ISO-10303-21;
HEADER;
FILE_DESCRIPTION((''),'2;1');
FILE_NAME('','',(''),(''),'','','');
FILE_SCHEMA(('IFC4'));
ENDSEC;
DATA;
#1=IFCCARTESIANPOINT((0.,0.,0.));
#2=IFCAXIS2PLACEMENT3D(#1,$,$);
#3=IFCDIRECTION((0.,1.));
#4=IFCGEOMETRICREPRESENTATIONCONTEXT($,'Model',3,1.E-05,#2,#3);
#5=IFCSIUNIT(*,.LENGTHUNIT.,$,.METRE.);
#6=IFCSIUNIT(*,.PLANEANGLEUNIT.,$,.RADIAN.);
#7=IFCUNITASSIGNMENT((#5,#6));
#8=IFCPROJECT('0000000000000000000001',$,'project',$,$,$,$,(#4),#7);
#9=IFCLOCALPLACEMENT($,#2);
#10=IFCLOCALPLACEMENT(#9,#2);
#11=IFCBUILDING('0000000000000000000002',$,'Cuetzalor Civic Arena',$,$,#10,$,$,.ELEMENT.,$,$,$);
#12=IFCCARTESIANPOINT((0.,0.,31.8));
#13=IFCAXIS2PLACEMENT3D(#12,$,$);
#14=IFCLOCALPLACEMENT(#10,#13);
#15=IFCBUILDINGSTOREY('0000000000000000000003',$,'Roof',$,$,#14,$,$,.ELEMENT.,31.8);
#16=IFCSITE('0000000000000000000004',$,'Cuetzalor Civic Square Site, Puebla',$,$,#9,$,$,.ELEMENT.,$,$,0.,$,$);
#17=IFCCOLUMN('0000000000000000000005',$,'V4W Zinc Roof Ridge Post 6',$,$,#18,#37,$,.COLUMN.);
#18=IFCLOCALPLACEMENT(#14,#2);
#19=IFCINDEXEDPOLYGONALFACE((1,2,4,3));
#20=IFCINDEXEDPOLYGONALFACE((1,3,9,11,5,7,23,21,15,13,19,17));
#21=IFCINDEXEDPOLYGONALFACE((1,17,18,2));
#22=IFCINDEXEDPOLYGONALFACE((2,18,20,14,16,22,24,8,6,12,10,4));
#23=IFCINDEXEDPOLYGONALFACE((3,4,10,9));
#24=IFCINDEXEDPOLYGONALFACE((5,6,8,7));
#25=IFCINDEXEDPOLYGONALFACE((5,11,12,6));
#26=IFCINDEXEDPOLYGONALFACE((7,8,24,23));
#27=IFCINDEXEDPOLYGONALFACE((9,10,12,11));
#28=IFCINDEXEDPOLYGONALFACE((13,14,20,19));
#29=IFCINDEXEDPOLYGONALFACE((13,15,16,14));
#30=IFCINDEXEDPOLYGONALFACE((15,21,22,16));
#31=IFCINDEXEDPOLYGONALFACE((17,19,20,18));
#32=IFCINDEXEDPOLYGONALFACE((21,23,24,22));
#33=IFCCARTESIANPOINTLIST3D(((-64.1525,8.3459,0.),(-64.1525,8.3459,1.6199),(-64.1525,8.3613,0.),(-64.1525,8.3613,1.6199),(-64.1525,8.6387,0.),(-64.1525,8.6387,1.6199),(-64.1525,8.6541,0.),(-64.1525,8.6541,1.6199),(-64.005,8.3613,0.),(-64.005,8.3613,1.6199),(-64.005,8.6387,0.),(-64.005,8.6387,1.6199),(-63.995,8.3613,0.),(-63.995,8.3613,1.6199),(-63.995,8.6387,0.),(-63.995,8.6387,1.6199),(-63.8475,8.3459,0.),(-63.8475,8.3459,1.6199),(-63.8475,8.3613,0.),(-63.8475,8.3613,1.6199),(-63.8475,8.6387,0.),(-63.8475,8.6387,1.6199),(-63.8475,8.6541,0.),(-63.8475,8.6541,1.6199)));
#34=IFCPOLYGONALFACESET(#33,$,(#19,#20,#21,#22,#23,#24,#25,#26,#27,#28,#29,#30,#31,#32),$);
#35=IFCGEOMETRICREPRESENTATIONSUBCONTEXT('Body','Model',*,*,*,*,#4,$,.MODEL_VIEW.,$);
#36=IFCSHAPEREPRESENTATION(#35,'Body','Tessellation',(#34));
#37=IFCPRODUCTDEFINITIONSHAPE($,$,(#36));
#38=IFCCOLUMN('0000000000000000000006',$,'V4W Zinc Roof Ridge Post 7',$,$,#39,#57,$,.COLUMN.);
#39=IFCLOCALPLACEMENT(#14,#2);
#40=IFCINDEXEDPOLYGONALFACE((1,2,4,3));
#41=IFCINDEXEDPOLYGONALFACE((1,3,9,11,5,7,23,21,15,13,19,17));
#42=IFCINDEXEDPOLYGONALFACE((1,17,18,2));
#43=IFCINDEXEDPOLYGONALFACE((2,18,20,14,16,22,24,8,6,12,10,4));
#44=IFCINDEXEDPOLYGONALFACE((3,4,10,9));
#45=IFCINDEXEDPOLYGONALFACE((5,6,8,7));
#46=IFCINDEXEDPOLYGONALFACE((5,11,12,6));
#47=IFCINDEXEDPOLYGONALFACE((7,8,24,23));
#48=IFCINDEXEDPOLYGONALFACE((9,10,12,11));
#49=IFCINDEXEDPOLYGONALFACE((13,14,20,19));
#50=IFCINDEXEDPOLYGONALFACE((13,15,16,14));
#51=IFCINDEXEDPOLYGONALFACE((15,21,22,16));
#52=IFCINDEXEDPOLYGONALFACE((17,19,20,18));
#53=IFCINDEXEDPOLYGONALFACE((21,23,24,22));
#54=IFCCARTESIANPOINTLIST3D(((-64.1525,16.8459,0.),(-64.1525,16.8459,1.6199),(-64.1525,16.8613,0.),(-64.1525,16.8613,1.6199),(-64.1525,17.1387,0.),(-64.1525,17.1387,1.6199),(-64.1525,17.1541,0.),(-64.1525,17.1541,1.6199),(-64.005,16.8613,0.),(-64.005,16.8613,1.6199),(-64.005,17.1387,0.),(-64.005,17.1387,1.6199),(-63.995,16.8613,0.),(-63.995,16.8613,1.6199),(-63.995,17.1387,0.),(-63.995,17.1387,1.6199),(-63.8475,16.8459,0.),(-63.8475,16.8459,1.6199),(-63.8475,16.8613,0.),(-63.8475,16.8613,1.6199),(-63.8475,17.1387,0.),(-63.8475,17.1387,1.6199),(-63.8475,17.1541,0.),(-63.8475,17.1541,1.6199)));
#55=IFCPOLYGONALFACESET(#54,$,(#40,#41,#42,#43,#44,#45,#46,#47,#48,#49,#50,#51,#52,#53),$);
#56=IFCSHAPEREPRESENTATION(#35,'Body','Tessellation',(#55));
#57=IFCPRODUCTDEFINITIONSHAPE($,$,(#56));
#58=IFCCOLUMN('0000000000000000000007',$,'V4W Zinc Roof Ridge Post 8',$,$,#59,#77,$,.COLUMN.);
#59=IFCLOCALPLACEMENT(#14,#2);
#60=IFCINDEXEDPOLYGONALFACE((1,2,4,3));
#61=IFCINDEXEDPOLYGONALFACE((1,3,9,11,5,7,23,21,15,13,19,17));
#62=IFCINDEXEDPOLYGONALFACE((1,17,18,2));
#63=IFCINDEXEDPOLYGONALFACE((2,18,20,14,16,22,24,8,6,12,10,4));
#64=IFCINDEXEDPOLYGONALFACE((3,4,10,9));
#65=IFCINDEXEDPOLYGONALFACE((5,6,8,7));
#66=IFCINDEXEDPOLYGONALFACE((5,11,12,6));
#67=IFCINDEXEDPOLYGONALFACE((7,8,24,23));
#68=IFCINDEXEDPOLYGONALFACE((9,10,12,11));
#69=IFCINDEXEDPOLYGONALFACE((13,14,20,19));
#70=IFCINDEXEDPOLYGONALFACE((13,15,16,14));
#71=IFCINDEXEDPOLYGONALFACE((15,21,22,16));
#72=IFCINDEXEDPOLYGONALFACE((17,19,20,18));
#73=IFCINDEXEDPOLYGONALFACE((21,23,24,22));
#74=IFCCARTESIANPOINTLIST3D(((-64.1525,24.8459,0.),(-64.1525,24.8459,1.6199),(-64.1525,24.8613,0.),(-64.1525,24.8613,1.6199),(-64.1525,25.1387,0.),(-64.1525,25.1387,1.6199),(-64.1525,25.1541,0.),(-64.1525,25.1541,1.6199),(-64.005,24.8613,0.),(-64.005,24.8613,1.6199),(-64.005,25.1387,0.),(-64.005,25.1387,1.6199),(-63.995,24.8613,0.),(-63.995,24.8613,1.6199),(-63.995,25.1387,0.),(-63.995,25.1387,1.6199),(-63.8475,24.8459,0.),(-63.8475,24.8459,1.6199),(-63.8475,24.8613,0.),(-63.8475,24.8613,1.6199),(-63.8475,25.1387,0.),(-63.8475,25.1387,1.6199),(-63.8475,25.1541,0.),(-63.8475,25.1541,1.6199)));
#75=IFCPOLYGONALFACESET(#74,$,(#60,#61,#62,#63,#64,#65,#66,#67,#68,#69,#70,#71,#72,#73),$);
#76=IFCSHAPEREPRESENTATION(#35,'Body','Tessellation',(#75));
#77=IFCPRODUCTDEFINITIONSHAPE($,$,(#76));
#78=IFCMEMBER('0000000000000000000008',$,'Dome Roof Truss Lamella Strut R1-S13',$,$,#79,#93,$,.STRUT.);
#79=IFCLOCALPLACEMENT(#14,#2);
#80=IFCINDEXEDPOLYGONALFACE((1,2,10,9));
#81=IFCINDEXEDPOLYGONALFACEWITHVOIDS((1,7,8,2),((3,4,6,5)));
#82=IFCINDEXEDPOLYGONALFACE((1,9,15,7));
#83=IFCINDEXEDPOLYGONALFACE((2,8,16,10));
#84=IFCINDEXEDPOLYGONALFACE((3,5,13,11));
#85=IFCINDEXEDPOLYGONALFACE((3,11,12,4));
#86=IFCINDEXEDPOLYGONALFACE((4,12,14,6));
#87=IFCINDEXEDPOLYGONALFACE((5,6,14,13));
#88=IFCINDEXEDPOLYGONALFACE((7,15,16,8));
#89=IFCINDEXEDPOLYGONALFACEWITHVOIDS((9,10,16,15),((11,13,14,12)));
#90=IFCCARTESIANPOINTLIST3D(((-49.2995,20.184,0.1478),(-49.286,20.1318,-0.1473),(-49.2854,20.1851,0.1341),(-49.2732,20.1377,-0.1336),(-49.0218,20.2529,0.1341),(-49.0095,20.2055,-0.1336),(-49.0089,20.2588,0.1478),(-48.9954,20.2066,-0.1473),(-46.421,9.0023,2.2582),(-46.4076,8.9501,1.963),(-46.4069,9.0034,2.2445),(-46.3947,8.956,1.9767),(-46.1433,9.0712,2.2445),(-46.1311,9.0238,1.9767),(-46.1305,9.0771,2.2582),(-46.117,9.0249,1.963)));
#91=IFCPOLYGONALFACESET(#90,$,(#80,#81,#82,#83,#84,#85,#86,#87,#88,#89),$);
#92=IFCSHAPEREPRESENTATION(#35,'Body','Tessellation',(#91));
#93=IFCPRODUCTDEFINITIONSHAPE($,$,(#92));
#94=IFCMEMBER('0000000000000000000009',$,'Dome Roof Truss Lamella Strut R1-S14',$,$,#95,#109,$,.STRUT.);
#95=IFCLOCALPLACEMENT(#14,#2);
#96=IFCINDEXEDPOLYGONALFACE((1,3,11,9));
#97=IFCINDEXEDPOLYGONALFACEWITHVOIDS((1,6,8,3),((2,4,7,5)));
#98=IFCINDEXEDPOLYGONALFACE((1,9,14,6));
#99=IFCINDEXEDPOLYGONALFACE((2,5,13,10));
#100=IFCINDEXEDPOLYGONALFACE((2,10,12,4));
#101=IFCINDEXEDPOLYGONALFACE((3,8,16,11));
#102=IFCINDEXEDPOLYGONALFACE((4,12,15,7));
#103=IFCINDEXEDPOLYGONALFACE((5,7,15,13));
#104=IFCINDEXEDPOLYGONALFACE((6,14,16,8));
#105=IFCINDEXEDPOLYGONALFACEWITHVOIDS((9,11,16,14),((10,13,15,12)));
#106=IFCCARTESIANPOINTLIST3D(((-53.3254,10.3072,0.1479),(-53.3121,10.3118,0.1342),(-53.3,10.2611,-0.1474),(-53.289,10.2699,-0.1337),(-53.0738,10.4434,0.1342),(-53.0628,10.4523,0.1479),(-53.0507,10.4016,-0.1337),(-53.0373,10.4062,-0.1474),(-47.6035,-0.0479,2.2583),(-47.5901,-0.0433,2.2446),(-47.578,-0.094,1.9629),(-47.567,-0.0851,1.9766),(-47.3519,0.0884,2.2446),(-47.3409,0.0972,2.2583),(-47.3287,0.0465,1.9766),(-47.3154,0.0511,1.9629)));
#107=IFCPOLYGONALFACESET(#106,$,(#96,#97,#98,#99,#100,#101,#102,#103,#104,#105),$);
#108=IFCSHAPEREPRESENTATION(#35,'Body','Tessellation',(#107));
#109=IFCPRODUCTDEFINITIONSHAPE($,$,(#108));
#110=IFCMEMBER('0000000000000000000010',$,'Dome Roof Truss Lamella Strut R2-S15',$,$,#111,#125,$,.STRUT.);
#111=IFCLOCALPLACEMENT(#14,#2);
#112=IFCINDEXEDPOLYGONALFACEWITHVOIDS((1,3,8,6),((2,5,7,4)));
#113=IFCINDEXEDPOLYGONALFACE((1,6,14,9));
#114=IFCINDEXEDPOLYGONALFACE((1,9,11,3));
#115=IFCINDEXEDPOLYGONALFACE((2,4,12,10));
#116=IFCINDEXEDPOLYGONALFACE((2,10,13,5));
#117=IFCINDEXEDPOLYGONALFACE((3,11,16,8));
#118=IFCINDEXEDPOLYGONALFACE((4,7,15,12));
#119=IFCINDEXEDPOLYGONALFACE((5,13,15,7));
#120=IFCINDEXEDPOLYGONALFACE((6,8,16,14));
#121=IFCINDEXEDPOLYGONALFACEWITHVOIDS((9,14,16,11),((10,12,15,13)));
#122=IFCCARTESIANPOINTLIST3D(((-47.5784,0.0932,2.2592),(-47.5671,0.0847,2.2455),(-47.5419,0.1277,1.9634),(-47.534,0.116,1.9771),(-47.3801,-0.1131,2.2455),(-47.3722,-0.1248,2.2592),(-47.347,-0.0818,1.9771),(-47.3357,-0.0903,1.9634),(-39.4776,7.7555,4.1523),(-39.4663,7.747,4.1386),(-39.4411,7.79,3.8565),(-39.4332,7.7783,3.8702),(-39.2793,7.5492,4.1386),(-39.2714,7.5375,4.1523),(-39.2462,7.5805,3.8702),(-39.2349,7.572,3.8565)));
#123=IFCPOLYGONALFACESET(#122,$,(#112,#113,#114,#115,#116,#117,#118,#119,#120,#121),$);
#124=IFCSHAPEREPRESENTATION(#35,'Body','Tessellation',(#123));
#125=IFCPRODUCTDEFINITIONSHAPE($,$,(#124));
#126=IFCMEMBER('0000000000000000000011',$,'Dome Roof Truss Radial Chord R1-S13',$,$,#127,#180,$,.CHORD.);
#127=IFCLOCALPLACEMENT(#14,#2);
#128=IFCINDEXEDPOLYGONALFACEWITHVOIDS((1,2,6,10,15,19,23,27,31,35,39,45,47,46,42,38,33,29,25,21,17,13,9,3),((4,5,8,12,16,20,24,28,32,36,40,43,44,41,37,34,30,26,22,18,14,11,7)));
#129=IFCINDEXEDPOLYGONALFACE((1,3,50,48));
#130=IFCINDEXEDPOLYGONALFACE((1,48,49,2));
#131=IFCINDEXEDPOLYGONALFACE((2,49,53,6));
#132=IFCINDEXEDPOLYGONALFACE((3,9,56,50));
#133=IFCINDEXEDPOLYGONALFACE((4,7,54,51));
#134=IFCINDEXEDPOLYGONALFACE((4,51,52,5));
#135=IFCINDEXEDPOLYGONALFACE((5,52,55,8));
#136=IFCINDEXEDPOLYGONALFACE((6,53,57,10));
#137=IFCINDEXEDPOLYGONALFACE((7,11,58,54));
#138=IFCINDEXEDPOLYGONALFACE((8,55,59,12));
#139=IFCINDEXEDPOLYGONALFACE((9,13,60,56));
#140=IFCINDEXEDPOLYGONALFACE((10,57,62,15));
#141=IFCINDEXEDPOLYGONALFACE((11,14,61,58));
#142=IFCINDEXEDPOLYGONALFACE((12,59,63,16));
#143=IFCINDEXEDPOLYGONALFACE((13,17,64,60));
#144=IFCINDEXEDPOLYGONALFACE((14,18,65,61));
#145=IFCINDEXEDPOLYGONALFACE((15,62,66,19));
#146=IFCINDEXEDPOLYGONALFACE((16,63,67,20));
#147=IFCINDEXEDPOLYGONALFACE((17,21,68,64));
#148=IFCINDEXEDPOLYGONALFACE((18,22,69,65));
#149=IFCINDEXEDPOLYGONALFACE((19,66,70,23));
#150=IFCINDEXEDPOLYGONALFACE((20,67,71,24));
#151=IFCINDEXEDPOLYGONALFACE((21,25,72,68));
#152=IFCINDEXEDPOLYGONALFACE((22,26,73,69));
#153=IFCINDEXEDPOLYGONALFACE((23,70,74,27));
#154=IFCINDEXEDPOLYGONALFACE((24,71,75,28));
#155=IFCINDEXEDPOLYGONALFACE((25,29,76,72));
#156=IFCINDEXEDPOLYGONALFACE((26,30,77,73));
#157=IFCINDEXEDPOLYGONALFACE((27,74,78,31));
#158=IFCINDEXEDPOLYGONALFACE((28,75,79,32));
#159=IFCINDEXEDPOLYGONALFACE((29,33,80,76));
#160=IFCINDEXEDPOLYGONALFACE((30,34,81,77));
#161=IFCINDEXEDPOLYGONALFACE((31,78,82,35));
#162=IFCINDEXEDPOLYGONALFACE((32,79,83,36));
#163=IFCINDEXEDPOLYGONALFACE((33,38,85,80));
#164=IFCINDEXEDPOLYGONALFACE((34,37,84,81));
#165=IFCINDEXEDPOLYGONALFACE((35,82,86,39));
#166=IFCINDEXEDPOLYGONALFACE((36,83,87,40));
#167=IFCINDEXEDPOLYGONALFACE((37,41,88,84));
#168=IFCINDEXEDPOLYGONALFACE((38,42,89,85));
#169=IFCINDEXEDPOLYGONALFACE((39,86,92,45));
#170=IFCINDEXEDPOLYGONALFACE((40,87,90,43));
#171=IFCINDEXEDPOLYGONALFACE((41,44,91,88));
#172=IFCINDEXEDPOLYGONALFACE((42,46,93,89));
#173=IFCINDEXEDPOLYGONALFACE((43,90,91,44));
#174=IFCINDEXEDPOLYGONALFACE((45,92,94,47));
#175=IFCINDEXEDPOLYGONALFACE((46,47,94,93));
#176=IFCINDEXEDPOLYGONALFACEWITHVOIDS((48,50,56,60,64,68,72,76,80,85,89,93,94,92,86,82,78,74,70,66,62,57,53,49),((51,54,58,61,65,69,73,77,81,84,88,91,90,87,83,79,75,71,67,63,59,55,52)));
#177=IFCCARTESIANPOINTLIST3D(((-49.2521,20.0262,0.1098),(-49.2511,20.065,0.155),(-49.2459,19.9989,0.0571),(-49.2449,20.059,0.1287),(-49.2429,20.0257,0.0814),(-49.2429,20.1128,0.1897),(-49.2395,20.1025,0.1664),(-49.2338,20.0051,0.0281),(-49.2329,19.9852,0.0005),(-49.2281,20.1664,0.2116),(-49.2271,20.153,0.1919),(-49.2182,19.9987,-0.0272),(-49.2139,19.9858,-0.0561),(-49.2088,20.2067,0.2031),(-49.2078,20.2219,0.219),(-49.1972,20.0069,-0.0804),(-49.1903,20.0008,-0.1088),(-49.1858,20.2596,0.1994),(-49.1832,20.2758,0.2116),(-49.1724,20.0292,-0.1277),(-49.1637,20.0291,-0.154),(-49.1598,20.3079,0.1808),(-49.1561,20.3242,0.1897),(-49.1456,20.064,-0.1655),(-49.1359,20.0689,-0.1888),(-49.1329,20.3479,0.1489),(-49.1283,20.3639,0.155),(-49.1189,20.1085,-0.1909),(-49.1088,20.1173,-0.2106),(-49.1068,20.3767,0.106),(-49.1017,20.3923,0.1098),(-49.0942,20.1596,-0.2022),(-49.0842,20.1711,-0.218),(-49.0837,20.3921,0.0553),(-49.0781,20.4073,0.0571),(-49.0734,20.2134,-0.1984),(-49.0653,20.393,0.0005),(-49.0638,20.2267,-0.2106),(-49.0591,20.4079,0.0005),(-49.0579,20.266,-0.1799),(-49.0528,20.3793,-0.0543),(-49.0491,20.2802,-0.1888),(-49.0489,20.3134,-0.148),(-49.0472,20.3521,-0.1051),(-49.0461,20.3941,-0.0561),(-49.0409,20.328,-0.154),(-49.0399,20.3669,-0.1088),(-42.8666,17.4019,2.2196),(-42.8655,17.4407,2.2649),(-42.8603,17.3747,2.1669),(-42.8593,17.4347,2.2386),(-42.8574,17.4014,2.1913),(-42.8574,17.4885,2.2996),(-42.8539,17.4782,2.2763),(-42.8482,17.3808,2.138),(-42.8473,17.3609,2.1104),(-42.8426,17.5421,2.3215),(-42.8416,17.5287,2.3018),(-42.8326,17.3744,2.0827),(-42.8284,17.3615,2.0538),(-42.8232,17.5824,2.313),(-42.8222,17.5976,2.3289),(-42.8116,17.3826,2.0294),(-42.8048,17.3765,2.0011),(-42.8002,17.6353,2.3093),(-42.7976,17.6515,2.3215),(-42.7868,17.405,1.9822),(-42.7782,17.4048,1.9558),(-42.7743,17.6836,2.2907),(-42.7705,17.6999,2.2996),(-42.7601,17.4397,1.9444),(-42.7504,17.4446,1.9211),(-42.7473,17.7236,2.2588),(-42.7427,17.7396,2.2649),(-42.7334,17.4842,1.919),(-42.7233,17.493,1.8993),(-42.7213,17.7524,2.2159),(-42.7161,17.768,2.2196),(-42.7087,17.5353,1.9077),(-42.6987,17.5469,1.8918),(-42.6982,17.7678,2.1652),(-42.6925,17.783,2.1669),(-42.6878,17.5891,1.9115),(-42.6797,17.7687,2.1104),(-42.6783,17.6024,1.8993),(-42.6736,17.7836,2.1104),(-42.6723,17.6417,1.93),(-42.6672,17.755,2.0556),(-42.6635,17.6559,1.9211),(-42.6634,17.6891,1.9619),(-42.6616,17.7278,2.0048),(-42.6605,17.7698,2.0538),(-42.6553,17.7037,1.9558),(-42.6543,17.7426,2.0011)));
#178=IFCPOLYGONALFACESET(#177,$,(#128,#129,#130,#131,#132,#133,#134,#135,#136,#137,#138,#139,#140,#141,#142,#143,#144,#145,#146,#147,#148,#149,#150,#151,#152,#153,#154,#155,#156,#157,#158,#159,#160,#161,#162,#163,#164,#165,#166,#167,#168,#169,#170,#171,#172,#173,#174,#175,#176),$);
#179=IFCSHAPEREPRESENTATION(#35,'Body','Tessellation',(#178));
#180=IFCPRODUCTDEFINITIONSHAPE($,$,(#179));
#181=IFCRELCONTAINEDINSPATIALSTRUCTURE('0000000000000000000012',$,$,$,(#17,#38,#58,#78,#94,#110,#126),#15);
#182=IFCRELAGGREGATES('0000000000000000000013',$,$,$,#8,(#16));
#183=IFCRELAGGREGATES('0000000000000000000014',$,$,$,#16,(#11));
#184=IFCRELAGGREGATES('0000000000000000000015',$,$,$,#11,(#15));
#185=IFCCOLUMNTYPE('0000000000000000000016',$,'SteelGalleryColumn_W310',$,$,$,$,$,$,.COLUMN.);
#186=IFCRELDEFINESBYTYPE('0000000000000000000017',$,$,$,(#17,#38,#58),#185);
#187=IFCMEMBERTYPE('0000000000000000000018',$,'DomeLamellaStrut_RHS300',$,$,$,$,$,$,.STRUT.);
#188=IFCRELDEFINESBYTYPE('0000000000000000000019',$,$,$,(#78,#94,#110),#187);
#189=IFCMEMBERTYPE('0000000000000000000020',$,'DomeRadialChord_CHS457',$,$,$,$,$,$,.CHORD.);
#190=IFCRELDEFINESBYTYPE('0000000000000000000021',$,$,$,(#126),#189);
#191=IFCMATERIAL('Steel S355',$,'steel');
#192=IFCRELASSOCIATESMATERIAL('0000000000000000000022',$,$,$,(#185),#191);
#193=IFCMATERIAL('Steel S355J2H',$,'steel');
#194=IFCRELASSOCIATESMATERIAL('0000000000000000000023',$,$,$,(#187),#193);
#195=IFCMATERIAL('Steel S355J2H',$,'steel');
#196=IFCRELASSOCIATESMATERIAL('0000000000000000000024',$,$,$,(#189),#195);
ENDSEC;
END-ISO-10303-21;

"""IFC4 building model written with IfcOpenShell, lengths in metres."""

from ifc_helpers import new_model, si_unit, direction, frame, origin, origin_2d, place, context, subcontext, project, spatial, hollow_rectangle, hollow_circle, i_section, extrude, material, material_profile, profile_set, type_object, element, save


model = new_model("IFC4")

# Units and contexts
model_context = context("Model", 3, precision=1e-05, world=origin(), true_north=direction((0.0, 1.0)))
body_context = subcontext(model_context, "Body", "Model", "MODEL_VIEW")
ifc_project = project(units=[si_unit("LENGTHUNIT", "METRE"), si_unit("PLANEANGLEUNIT", "RADIAN")], contexts=[model_context])

# Site, building, storey
site_placement = place(None, origin())
site = spatial("IfcSite", under=ifc_project, at=site_placement, Name="Cuetzalor Civic Square Site, Puebla", CompositionType="ELEMENT", RefElevation=0.0)
building_placement = place(site_placement, origin())
building = spatial("IfcBuilding", under=site, at=building_placement, Name="Cuetzalor Civic Arena", CompositionType="ELEMENT")
storey_placement = place(building_placement, frame((0.0, 0.0, 31.8)))
storey = spatial("IfcBuildingStorey", under=building, at=storey_placement, Name="Roof", CompositionType="ELEMENT", Elevation=31.8)

# Columns
ifc_material_1 = material(Name="Steel S355", Category="steel")
ifc_material_profile_1 = material_profile(ifc_material_1, i_section(OverallWidth=0.3049, OverallDepth=0.3081, WebThickness=0.01, FlangeThickness=0.0154, at=origin_2d()), Name="W310x97")
ifc_profile_set_1 = profile_set([ifc_material_profile_1], Name="Steel S355")
column_type = type_object("IfcColumnType", Name="SteelGalleryColumn_W310", PredefinedType="COLUMN", material=ifc_profile_set_1)
for number, where, z_axis, x_axis, name in (
    (1, (-64.0, 8.5, 0.0), (0.0, 0.0, 1.0), (1.0, 0.0, 0.0), "V4W Zinc Roof Ridge Post 6"),
    (2, (-64.0, 17.0, 0.0), (0.0, 0.0, 1.0), (1.0, 0.0, 0.0), "V4W Zinc Roof Ridge Post 7"),
    (3, (-64.0, 25.0, 0.0), (0.0, 0.0, 1.0), (1.0, 0.0, 0.0), "V4W Zinc Roof Ridge Post 8"),
):
    element("IfcColumn", number, at=place(storey_placement, frame(where, z_axis=z_axis, x_axis=x_axis)), inside=storey, type_object=column_type, Name=name, PredefinedType="COLUMN", context=body_context, shape_type="SweptSolid", body=[
        extrude(i_section(OverallWidth=0.3049, OverallDepth=0.3081, WebThickness=0.01, FlangeThickness=0.0154, at=origin_2d()), origin(), (0.0, 0.0, 1.0), 1.6199),
    ])

# Members
ifc_material_2 = material(Name="Steel S355J2H", Category="steel")
ifc_material_profile_2 = material_profile(ifc_material_2, hollow_rectangle(XDim=0.3, YDim=0.3, WallThickness=0.0139, at=origin_2d()), Name="RHS 300x300x14")
ifc_profile_set_2 = profile_set([ifc_material_profile_2], Name="Steel S355J2H")
member_type_1 = type_object("IfcMemberType", Name="DomeLamellaStrut_RHS300", PredefinedType="STRUT", material=ifc_profile_set_2)
member_1_placement = place(storey_placement, frame((-49.1475, 20.1953, 0.0002), z_axis=(0.245233, -0.952646, 0.179796), x_axis=(0.968427, 0.249296, 0.0)))
element("IfcMember", 4, at=member_1_placement, inside=storey, type_object=member_type_1, Name="Dome Roof Truss Lamella Strut R1-S13", PredefinedType="STRUT", context=body_context, shape_type="SweptSolid", body=[
    extrude(hollow_rectangle(XDim=0.3, YDim=0.3, WallThickness=0.0139, at=origin_2d()), origin(), (0.0, 0.0, 1.0), 11.7375),
])
member_2_placement = place(storey_placement, frame((-53.1814, 10.3567, 0.0002), z_axis=(0.476134, -0.861661, 0.175607), x_axis=(0.875262, 0.48365, 0.0)))
element("IfcMember", 5, at=member_2_placement, inside=storey, type_object=member_type_1, Name="Dome Roof Truss Lamella Strut R1-S14", PredefinedType="STRUT", context=body_context, shape_type="SweptSolid", body=[
    extrude(hollow_rectangle(XDim=0.3, YDim=0.3, WallThickness=0.0139, at=origin_2d()), origin(), (0.0, 0.0, 1.0), 12.0176),
])
member_3_placement = place(storey_placement, frame((-47.457, 0.0015, 2.1113), z_axis=(0.716246, 0.677478, 0.167378), x_axis=(-0.687172, 0.726495, 0.0)))
element("IfcMember", 6, at=member_3_placement, inside=storey, type_object=member_type_1, Name="Dome Roof Truss Lamella Strut R2-S15", PredefinedType="STRUT", context=body_context, shape_type="SweptSolid", body=[
    extrude(hollow_rectangle(XDim=0.3, YDim=0.3, WallThickness=0.0139, at=origin_2d()), origin(), (0.0, 0.0, 1.0), 11.3101),
])
ifc_material_3 = material(Name="Steel S355J2H", Category="steel")
ifc_material_profile_3 = material_profile(ifc_material_3, hollow_circle(Radius=0.2285, WallThickness=0.0161, at=origin_2d()), Name="CHS 457x16")
ifc_profile_set_3 = profile_set([ifc_material_profile_3], Name="Steel S355J2H")
member_type_2 = type_object("IfcMemberType", Name="DomeRadialChord_CHS457", PredefinedType="CHORD", material=ifc_profile_set_3)
member_4_placement = place(storey_placement, frame((-49.146, 20.1965, 0.0005), z_axis=(0.88455, -0.363526, 0.292268), x_axis=(0.380124, 0.924936, 0.0)))
element("IfcMember", 7, at=member_4_placement, inside=storey, type_object=member_type_2, Name="Dome Roof Truss Radial Chord R1-S13", PredefinedType="CHORD", context=body_context, shape_type="SweptSolid", body=[
    extrude(hollow_circle(Radius=0.2285, WallThickness=0.0161, at=origin_2d()), origin(), (0.0, 0.0, 1.0), 7.219),
])

save(model, "model.ifc")
